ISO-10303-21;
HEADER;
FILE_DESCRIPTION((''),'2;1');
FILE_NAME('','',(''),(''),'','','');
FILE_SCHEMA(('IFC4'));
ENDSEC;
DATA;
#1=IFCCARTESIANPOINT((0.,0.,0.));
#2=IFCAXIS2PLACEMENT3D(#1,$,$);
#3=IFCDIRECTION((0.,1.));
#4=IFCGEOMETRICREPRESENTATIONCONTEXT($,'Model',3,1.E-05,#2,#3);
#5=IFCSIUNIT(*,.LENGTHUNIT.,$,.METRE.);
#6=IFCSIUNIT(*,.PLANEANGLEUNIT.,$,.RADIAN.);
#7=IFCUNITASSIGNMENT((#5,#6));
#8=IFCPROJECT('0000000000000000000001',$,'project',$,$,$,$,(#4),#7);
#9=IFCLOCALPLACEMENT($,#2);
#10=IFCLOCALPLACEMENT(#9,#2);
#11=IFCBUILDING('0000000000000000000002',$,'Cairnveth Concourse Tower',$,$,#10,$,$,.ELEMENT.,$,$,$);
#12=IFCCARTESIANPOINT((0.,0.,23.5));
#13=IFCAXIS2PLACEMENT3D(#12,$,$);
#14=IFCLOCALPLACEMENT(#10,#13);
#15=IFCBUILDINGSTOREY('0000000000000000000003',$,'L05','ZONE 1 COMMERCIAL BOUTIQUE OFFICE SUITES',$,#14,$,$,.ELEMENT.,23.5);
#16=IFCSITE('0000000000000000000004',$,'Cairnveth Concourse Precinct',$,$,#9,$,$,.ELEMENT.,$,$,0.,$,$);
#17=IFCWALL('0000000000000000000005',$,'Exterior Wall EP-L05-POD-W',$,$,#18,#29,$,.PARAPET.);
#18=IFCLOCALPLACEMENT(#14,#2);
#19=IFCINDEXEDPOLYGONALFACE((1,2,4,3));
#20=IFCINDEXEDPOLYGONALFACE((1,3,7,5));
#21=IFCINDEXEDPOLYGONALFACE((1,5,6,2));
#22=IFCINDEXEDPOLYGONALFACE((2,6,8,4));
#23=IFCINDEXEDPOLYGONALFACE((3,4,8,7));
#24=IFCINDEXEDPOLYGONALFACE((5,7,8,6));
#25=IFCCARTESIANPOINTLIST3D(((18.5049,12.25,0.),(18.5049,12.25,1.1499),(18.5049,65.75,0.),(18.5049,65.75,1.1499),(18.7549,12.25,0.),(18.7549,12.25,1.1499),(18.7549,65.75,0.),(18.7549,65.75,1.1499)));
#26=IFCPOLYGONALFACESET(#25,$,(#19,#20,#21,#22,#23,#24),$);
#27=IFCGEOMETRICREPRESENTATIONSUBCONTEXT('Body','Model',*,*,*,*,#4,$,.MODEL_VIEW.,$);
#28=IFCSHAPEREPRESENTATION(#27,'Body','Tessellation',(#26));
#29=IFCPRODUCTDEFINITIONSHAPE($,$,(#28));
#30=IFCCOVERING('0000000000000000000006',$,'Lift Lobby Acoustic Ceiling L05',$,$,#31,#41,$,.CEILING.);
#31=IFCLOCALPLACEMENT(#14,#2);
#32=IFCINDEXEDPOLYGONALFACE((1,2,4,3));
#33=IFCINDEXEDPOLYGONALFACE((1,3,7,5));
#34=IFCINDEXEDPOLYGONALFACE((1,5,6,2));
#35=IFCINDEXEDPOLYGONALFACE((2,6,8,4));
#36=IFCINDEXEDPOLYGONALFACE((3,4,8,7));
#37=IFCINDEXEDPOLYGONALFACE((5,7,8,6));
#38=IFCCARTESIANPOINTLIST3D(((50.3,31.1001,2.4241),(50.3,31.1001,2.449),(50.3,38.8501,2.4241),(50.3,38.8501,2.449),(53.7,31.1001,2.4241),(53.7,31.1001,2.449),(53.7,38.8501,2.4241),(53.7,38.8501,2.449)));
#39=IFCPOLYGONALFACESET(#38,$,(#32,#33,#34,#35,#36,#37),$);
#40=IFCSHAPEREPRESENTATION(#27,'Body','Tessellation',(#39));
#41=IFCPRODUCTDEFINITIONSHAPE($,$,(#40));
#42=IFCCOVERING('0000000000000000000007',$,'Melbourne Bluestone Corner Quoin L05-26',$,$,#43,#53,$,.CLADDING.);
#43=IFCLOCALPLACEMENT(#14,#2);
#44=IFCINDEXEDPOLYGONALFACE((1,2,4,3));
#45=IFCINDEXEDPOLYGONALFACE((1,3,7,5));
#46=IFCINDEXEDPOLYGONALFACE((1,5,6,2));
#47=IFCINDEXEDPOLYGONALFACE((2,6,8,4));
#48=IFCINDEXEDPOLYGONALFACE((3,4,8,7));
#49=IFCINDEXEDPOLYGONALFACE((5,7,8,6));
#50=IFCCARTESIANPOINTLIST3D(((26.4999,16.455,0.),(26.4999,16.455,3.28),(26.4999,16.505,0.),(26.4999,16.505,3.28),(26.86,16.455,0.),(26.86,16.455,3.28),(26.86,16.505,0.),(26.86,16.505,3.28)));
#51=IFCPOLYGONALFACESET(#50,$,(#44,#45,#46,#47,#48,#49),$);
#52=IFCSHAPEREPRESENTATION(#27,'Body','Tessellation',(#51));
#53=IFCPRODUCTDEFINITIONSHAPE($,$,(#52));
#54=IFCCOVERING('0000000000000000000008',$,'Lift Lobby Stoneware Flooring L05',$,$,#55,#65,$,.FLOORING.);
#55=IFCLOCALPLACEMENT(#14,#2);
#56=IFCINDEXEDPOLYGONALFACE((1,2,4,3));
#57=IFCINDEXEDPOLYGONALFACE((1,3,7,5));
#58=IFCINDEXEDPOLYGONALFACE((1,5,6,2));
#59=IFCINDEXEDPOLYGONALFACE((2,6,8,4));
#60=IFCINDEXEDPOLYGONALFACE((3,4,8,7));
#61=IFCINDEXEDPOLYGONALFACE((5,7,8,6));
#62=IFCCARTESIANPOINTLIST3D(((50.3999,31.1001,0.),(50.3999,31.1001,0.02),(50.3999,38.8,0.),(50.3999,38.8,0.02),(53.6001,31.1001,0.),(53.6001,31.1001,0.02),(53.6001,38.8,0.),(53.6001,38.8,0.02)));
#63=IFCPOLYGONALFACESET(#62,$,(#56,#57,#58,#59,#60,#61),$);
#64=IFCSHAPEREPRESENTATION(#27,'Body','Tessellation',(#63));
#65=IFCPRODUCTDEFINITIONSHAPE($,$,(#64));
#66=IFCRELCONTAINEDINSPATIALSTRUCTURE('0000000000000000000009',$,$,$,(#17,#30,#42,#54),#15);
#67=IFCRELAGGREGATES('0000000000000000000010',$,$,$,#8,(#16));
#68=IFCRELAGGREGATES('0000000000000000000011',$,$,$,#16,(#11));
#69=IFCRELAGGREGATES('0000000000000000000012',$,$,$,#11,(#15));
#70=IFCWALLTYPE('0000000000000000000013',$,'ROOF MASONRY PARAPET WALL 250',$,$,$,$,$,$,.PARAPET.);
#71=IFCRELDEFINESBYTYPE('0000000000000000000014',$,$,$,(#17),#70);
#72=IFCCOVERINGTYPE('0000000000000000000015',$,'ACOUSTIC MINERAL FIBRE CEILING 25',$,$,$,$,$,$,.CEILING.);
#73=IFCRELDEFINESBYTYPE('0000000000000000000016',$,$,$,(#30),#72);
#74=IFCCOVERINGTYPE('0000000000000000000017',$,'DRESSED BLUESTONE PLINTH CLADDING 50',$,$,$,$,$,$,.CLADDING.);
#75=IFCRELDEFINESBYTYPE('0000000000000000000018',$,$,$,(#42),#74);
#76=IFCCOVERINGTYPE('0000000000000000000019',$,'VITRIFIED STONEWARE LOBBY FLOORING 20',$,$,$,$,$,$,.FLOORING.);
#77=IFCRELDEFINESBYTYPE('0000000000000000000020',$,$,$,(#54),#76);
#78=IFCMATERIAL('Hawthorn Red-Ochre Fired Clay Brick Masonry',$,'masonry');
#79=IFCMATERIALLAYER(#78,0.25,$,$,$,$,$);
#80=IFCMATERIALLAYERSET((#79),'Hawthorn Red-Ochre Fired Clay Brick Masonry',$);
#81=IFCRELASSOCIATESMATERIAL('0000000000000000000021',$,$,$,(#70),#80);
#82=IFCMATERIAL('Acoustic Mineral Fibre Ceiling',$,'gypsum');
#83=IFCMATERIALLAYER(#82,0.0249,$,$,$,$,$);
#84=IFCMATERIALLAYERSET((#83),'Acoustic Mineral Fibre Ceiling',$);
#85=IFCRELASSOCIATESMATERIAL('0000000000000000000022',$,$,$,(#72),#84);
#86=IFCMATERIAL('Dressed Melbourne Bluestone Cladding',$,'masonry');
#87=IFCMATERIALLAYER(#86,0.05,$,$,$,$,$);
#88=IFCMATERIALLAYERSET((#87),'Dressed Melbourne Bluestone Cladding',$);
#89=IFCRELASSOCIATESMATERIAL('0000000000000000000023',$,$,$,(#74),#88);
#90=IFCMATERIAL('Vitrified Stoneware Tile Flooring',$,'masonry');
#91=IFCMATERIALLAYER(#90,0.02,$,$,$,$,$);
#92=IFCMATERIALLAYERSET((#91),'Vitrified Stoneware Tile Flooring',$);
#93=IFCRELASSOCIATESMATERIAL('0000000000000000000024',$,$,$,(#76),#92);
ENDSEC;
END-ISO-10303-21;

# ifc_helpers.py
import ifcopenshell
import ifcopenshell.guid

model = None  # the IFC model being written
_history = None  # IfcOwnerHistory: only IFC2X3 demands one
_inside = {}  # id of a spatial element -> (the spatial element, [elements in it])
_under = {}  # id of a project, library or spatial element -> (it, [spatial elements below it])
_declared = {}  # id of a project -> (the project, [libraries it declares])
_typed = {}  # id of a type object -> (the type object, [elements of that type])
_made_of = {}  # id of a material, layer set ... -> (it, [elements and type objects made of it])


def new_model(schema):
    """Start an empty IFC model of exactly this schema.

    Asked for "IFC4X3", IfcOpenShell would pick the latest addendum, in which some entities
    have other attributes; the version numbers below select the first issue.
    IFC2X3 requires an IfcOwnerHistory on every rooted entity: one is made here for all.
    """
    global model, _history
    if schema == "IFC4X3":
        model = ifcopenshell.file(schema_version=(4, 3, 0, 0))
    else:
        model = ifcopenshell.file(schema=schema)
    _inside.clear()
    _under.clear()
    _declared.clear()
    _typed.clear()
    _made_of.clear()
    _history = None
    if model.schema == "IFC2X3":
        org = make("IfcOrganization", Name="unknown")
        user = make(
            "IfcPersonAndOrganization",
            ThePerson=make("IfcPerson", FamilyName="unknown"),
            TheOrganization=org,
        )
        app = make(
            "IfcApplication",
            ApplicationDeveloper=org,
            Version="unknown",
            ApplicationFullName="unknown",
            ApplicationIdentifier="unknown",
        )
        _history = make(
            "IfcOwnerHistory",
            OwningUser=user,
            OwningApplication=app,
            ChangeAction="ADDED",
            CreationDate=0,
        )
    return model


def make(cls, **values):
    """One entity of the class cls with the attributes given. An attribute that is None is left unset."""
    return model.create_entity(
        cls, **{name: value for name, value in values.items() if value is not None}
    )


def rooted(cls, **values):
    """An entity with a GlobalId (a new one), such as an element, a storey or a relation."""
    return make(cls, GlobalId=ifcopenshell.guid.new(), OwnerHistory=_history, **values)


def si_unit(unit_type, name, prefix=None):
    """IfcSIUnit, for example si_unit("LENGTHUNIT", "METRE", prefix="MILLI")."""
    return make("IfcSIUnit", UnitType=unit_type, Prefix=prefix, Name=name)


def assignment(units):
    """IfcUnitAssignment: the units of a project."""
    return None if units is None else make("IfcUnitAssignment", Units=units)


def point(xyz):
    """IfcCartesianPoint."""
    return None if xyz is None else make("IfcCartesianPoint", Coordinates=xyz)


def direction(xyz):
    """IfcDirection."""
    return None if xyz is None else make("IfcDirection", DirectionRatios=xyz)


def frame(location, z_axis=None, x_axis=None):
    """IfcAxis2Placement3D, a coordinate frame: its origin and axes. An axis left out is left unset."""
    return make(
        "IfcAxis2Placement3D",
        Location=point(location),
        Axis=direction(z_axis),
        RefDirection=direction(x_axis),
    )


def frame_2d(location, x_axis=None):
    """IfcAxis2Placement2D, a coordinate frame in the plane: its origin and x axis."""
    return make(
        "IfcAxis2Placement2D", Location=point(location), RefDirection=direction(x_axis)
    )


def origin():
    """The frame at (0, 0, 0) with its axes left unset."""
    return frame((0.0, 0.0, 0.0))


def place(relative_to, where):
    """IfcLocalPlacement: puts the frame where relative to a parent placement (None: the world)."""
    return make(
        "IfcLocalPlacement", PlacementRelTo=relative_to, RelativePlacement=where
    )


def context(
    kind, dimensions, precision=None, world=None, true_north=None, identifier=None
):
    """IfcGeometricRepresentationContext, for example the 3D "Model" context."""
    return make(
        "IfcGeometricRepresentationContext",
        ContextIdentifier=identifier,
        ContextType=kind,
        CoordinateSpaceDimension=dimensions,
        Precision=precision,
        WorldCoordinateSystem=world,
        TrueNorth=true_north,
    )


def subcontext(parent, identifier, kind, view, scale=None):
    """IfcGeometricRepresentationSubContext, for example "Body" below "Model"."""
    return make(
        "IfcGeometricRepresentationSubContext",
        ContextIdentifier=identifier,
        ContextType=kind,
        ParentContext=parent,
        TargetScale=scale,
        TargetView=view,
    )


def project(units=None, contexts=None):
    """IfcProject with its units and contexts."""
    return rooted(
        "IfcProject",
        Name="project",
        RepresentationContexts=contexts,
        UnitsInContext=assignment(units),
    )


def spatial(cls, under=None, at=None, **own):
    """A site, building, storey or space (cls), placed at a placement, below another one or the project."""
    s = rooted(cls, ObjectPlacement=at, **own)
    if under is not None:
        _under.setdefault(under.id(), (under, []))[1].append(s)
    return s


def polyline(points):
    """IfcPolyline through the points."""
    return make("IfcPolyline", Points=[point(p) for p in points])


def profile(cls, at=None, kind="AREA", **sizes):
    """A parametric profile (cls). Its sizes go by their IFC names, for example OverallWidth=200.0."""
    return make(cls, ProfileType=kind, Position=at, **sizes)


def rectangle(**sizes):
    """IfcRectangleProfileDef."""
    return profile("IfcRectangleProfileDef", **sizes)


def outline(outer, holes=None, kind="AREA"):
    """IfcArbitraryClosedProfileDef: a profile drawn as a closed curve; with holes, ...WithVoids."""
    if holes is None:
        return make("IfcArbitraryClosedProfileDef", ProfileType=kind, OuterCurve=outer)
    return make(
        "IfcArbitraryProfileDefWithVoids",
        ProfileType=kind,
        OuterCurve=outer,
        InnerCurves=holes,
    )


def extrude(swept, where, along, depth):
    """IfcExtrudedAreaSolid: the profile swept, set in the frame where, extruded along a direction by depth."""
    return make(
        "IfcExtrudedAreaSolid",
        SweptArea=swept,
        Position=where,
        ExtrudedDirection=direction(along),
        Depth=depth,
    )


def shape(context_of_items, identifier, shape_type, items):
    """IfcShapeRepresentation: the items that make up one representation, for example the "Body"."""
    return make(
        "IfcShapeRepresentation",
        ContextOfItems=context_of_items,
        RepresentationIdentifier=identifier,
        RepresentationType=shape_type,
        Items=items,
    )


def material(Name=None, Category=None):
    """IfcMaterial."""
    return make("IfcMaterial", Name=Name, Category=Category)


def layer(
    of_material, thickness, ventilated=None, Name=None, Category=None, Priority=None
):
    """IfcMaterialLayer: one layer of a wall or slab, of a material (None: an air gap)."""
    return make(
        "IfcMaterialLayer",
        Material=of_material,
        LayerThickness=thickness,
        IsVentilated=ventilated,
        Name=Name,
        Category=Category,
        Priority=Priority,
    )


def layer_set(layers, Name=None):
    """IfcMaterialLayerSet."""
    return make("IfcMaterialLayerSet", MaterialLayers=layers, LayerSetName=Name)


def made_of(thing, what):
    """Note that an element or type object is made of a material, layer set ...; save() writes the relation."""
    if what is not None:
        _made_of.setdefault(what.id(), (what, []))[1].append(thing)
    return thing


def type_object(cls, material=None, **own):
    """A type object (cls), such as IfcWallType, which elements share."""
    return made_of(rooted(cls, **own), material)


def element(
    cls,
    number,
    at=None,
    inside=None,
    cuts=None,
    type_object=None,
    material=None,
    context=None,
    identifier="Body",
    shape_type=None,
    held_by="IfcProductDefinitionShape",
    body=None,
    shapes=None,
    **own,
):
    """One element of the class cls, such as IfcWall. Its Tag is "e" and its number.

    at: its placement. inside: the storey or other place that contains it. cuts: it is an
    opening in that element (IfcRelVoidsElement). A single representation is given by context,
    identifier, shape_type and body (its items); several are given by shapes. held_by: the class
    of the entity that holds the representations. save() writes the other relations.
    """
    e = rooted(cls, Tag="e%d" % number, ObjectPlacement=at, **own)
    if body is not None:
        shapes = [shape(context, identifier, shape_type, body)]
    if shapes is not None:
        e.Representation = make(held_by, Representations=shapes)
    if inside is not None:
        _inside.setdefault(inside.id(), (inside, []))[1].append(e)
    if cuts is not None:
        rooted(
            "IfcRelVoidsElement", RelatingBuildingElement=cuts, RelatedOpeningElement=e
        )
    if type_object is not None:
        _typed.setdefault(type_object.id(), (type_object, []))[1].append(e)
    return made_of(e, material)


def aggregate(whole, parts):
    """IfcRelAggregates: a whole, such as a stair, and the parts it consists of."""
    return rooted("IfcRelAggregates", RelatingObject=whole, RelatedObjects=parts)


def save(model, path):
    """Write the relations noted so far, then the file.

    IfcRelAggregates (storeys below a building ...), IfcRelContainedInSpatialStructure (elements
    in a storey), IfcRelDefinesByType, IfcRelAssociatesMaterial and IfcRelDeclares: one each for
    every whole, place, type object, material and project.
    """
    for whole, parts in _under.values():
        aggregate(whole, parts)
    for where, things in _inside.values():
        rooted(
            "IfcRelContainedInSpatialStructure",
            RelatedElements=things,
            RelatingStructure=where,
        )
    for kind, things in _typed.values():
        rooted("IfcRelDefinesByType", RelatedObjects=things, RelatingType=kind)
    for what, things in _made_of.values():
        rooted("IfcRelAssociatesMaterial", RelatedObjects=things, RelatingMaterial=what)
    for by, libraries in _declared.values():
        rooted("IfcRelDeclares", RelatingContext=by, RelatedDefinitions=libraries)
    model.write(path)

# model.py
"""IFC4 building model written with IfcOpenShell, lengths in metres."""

from ifc_helpers import new_model, si_unit, direction, frame, frame_2d, origin, place, context, subcontext, project, spatial, polyline, rectangle, outline, extrude, material, layer, layer_set, type_object, element, save


model = new_model("IFC4")

# Units and contexts
model_context = context("Model", 3, precision=1e-05, world=origin(), true_north=direction((0.0, 1.0)))
body_context = subcontext(model_context, "Body", "Model", "MODEL_VIEW")
ifc_project = project(units=[si_unit("LENGTHUNIT", "METRE"), si_unit("PLANEANGLEUNIT", "RADIAN")], contexts=[model_context])

# Site, building, storey
site_placement = place(None, origin())
site = spatial("IfcSite", under=ifc_project, at=site_placement, Name="Cairnveth Concourse Precinct", CompositionType="ELEMENT", RefElevation=0.0)
building_placement = place(site_placement, origin())
building = spatial("IfcBuilding", under=site, at=building_placement, Name="Cairnveth Concourse Tower", CompositionType="ELEMENT")
storey_placement = place(building_placement, frame((0.0, 0.0, 23.5)))
storey = spatial("IfcBuildingStorey", under=building, at=storey_placement, Name="L05", Description="ZONE 1 COMMERCIAL BOUTIQUE OFFICE SUITES", CompositionType="ELEMENT", Elevation=23.5)

# Wall
ifc_material_1 = material(Name="Hawthorn Red-Ochre Fired Clay Brick Masonry", Category="masonry")
ifc_layer_1 = layer(ifc_material_1, 0.25)
ifc_layer_set_1 = layer_set([ifc_layer_1], Name="Hawthorn Red-Ochre Fired Clay Brick Masonry")
wall_type = type_object("IfcWallType", Name="ROOF MASONRY PARAPET WALL 250", PredefinedType="PARAPET", material=ifc_layer_set_1)
wall_placement = place(storey_placement, frame((18.6299, 12.25, 0.0), z_axis=(0.0, 0.0, 1.0), x_axis=(0.0, 1.0, 0.0)))
element("IfcWall", 1, at=wall_placement, inside=storey, type_object=wall_type, Name="Exterior Wall EP-L05-POD-W", PredefinedType="PARAPET", context=body_context, shape_type="SweptSolid", body=[
    extrude(rectangle(XDim=53.5, YDim=0.25, at=frame_2d((26.75, 0.0))), origin(), (0.0, 0.0, 1.0), 1.1499),
])

# Coverings
ifc_material_2 = material(Name="Acoustic Mineral Fibre Ceiling", Category="gypsum")
ifc_layer_2 = layer(ifc_material_2, 0.0249)
ifc_layer_set_2 = layer_set([ifc_layer_2], Name="Acoustic Mineral Fibre Ceiling")
covering_type_1 = type_object("IfcCoveringType", Name="ACOUSTIC MINERAL FIBRE CEILING 25", PredefinedType="CEILING", material=ifc_layer_set_2)
covering_1_placement = place(storey_placement, frame((0.0, 0.0, 2.4241)))
element("IfcCovering", 2, at=covering_1_placement, inside=storey, type_object=covering_type_1, Name="Lift Lobby Acoustic Ceiling L05", PredefinedType="CEILING", context=body_context, shape_type="SweptSolid", body=[
    extrude(outline(polyline([(50.3, 31.1001), (53.7, 31.1001), (53.7, 38.8501), (50.3, 38.8501), (50.3, 31.1001)])), origin(), (0.0, 0.0, 1.0), 0.0249),
])
ifc_material_3 = material(Name="Dressed Melbourne Bluestone Cladding", Category="masonry")
ifc_layer_3 = layer(ifc_material_3, 0.05)
ifc_layer_set_3 = layer_set([ifc_layer_3], Name="Dressed Melbourne Bluestone Cladding")
covering_type_2 = type_object("IfcCoveringType", Name="DRESSED BLUESTONE PLINTH CLADDING 50", PredefinedType="CLADDING", material=ifc_layer_set_3)
covering_2_placement = place(storey_placement, frame((26.8601, 16.48, 0.0), z_axis=(0.0, 0.0, 1.0), x_axis=(-1.0, 0.0, 0.0)))
element("IfcCovering", 3, at=covering_2_placement, inside=storey, type_object=covering_type_2, Name="Melbourne Bluestone Corner Quoin L05-26", PredefinedType="CLADDING", context=body_context, shape_type="SweptSolid", body=[
    extrude(rectangle(XDim=0.3601, YDim=0.05, at=frame_2d((0.1802, 0.0))), origin(), (0.0, 0.0, 1.0), 3.28),
])
ifc_material_4 = material(Name="Vitrified Stoneware Tile Flooring", Category="masonry")
ifc_layer_4 = layer(ifc_material_4, 0.02)
ifc_layer_set_4 = layer_set([ifc_layer_4], Name="Vitrified Stoneware Tile Flooring")
covering_type_3 = type_object("IfcCoveringType", Name="VITRIFIED STONEWARE LOBBY FLOORING 20", PredefinedType="FLOORING", material=ifc_layer_set_4)
covering_3_placement = place(storey_placement, origin())
element("IfcCovering", 4, at=covering_3_placement, inside=storey, type_object=covering_type_3, Name="Lift Lobby Stoneware Flooring L05", PredefinedType="FLOORING", context=body_context, shape_type="SweptSolid", body=[
    extrude(outline(polyline([(50.3999, 31.1001), (53.6001, 31.1001), (53.6001, 38.8), (50.3999, 38.8), (50.3999, 31.1001)])), origin(), (0.0, 0.0, 1.0), 0.02),
])

save(model, "model.ifc")
